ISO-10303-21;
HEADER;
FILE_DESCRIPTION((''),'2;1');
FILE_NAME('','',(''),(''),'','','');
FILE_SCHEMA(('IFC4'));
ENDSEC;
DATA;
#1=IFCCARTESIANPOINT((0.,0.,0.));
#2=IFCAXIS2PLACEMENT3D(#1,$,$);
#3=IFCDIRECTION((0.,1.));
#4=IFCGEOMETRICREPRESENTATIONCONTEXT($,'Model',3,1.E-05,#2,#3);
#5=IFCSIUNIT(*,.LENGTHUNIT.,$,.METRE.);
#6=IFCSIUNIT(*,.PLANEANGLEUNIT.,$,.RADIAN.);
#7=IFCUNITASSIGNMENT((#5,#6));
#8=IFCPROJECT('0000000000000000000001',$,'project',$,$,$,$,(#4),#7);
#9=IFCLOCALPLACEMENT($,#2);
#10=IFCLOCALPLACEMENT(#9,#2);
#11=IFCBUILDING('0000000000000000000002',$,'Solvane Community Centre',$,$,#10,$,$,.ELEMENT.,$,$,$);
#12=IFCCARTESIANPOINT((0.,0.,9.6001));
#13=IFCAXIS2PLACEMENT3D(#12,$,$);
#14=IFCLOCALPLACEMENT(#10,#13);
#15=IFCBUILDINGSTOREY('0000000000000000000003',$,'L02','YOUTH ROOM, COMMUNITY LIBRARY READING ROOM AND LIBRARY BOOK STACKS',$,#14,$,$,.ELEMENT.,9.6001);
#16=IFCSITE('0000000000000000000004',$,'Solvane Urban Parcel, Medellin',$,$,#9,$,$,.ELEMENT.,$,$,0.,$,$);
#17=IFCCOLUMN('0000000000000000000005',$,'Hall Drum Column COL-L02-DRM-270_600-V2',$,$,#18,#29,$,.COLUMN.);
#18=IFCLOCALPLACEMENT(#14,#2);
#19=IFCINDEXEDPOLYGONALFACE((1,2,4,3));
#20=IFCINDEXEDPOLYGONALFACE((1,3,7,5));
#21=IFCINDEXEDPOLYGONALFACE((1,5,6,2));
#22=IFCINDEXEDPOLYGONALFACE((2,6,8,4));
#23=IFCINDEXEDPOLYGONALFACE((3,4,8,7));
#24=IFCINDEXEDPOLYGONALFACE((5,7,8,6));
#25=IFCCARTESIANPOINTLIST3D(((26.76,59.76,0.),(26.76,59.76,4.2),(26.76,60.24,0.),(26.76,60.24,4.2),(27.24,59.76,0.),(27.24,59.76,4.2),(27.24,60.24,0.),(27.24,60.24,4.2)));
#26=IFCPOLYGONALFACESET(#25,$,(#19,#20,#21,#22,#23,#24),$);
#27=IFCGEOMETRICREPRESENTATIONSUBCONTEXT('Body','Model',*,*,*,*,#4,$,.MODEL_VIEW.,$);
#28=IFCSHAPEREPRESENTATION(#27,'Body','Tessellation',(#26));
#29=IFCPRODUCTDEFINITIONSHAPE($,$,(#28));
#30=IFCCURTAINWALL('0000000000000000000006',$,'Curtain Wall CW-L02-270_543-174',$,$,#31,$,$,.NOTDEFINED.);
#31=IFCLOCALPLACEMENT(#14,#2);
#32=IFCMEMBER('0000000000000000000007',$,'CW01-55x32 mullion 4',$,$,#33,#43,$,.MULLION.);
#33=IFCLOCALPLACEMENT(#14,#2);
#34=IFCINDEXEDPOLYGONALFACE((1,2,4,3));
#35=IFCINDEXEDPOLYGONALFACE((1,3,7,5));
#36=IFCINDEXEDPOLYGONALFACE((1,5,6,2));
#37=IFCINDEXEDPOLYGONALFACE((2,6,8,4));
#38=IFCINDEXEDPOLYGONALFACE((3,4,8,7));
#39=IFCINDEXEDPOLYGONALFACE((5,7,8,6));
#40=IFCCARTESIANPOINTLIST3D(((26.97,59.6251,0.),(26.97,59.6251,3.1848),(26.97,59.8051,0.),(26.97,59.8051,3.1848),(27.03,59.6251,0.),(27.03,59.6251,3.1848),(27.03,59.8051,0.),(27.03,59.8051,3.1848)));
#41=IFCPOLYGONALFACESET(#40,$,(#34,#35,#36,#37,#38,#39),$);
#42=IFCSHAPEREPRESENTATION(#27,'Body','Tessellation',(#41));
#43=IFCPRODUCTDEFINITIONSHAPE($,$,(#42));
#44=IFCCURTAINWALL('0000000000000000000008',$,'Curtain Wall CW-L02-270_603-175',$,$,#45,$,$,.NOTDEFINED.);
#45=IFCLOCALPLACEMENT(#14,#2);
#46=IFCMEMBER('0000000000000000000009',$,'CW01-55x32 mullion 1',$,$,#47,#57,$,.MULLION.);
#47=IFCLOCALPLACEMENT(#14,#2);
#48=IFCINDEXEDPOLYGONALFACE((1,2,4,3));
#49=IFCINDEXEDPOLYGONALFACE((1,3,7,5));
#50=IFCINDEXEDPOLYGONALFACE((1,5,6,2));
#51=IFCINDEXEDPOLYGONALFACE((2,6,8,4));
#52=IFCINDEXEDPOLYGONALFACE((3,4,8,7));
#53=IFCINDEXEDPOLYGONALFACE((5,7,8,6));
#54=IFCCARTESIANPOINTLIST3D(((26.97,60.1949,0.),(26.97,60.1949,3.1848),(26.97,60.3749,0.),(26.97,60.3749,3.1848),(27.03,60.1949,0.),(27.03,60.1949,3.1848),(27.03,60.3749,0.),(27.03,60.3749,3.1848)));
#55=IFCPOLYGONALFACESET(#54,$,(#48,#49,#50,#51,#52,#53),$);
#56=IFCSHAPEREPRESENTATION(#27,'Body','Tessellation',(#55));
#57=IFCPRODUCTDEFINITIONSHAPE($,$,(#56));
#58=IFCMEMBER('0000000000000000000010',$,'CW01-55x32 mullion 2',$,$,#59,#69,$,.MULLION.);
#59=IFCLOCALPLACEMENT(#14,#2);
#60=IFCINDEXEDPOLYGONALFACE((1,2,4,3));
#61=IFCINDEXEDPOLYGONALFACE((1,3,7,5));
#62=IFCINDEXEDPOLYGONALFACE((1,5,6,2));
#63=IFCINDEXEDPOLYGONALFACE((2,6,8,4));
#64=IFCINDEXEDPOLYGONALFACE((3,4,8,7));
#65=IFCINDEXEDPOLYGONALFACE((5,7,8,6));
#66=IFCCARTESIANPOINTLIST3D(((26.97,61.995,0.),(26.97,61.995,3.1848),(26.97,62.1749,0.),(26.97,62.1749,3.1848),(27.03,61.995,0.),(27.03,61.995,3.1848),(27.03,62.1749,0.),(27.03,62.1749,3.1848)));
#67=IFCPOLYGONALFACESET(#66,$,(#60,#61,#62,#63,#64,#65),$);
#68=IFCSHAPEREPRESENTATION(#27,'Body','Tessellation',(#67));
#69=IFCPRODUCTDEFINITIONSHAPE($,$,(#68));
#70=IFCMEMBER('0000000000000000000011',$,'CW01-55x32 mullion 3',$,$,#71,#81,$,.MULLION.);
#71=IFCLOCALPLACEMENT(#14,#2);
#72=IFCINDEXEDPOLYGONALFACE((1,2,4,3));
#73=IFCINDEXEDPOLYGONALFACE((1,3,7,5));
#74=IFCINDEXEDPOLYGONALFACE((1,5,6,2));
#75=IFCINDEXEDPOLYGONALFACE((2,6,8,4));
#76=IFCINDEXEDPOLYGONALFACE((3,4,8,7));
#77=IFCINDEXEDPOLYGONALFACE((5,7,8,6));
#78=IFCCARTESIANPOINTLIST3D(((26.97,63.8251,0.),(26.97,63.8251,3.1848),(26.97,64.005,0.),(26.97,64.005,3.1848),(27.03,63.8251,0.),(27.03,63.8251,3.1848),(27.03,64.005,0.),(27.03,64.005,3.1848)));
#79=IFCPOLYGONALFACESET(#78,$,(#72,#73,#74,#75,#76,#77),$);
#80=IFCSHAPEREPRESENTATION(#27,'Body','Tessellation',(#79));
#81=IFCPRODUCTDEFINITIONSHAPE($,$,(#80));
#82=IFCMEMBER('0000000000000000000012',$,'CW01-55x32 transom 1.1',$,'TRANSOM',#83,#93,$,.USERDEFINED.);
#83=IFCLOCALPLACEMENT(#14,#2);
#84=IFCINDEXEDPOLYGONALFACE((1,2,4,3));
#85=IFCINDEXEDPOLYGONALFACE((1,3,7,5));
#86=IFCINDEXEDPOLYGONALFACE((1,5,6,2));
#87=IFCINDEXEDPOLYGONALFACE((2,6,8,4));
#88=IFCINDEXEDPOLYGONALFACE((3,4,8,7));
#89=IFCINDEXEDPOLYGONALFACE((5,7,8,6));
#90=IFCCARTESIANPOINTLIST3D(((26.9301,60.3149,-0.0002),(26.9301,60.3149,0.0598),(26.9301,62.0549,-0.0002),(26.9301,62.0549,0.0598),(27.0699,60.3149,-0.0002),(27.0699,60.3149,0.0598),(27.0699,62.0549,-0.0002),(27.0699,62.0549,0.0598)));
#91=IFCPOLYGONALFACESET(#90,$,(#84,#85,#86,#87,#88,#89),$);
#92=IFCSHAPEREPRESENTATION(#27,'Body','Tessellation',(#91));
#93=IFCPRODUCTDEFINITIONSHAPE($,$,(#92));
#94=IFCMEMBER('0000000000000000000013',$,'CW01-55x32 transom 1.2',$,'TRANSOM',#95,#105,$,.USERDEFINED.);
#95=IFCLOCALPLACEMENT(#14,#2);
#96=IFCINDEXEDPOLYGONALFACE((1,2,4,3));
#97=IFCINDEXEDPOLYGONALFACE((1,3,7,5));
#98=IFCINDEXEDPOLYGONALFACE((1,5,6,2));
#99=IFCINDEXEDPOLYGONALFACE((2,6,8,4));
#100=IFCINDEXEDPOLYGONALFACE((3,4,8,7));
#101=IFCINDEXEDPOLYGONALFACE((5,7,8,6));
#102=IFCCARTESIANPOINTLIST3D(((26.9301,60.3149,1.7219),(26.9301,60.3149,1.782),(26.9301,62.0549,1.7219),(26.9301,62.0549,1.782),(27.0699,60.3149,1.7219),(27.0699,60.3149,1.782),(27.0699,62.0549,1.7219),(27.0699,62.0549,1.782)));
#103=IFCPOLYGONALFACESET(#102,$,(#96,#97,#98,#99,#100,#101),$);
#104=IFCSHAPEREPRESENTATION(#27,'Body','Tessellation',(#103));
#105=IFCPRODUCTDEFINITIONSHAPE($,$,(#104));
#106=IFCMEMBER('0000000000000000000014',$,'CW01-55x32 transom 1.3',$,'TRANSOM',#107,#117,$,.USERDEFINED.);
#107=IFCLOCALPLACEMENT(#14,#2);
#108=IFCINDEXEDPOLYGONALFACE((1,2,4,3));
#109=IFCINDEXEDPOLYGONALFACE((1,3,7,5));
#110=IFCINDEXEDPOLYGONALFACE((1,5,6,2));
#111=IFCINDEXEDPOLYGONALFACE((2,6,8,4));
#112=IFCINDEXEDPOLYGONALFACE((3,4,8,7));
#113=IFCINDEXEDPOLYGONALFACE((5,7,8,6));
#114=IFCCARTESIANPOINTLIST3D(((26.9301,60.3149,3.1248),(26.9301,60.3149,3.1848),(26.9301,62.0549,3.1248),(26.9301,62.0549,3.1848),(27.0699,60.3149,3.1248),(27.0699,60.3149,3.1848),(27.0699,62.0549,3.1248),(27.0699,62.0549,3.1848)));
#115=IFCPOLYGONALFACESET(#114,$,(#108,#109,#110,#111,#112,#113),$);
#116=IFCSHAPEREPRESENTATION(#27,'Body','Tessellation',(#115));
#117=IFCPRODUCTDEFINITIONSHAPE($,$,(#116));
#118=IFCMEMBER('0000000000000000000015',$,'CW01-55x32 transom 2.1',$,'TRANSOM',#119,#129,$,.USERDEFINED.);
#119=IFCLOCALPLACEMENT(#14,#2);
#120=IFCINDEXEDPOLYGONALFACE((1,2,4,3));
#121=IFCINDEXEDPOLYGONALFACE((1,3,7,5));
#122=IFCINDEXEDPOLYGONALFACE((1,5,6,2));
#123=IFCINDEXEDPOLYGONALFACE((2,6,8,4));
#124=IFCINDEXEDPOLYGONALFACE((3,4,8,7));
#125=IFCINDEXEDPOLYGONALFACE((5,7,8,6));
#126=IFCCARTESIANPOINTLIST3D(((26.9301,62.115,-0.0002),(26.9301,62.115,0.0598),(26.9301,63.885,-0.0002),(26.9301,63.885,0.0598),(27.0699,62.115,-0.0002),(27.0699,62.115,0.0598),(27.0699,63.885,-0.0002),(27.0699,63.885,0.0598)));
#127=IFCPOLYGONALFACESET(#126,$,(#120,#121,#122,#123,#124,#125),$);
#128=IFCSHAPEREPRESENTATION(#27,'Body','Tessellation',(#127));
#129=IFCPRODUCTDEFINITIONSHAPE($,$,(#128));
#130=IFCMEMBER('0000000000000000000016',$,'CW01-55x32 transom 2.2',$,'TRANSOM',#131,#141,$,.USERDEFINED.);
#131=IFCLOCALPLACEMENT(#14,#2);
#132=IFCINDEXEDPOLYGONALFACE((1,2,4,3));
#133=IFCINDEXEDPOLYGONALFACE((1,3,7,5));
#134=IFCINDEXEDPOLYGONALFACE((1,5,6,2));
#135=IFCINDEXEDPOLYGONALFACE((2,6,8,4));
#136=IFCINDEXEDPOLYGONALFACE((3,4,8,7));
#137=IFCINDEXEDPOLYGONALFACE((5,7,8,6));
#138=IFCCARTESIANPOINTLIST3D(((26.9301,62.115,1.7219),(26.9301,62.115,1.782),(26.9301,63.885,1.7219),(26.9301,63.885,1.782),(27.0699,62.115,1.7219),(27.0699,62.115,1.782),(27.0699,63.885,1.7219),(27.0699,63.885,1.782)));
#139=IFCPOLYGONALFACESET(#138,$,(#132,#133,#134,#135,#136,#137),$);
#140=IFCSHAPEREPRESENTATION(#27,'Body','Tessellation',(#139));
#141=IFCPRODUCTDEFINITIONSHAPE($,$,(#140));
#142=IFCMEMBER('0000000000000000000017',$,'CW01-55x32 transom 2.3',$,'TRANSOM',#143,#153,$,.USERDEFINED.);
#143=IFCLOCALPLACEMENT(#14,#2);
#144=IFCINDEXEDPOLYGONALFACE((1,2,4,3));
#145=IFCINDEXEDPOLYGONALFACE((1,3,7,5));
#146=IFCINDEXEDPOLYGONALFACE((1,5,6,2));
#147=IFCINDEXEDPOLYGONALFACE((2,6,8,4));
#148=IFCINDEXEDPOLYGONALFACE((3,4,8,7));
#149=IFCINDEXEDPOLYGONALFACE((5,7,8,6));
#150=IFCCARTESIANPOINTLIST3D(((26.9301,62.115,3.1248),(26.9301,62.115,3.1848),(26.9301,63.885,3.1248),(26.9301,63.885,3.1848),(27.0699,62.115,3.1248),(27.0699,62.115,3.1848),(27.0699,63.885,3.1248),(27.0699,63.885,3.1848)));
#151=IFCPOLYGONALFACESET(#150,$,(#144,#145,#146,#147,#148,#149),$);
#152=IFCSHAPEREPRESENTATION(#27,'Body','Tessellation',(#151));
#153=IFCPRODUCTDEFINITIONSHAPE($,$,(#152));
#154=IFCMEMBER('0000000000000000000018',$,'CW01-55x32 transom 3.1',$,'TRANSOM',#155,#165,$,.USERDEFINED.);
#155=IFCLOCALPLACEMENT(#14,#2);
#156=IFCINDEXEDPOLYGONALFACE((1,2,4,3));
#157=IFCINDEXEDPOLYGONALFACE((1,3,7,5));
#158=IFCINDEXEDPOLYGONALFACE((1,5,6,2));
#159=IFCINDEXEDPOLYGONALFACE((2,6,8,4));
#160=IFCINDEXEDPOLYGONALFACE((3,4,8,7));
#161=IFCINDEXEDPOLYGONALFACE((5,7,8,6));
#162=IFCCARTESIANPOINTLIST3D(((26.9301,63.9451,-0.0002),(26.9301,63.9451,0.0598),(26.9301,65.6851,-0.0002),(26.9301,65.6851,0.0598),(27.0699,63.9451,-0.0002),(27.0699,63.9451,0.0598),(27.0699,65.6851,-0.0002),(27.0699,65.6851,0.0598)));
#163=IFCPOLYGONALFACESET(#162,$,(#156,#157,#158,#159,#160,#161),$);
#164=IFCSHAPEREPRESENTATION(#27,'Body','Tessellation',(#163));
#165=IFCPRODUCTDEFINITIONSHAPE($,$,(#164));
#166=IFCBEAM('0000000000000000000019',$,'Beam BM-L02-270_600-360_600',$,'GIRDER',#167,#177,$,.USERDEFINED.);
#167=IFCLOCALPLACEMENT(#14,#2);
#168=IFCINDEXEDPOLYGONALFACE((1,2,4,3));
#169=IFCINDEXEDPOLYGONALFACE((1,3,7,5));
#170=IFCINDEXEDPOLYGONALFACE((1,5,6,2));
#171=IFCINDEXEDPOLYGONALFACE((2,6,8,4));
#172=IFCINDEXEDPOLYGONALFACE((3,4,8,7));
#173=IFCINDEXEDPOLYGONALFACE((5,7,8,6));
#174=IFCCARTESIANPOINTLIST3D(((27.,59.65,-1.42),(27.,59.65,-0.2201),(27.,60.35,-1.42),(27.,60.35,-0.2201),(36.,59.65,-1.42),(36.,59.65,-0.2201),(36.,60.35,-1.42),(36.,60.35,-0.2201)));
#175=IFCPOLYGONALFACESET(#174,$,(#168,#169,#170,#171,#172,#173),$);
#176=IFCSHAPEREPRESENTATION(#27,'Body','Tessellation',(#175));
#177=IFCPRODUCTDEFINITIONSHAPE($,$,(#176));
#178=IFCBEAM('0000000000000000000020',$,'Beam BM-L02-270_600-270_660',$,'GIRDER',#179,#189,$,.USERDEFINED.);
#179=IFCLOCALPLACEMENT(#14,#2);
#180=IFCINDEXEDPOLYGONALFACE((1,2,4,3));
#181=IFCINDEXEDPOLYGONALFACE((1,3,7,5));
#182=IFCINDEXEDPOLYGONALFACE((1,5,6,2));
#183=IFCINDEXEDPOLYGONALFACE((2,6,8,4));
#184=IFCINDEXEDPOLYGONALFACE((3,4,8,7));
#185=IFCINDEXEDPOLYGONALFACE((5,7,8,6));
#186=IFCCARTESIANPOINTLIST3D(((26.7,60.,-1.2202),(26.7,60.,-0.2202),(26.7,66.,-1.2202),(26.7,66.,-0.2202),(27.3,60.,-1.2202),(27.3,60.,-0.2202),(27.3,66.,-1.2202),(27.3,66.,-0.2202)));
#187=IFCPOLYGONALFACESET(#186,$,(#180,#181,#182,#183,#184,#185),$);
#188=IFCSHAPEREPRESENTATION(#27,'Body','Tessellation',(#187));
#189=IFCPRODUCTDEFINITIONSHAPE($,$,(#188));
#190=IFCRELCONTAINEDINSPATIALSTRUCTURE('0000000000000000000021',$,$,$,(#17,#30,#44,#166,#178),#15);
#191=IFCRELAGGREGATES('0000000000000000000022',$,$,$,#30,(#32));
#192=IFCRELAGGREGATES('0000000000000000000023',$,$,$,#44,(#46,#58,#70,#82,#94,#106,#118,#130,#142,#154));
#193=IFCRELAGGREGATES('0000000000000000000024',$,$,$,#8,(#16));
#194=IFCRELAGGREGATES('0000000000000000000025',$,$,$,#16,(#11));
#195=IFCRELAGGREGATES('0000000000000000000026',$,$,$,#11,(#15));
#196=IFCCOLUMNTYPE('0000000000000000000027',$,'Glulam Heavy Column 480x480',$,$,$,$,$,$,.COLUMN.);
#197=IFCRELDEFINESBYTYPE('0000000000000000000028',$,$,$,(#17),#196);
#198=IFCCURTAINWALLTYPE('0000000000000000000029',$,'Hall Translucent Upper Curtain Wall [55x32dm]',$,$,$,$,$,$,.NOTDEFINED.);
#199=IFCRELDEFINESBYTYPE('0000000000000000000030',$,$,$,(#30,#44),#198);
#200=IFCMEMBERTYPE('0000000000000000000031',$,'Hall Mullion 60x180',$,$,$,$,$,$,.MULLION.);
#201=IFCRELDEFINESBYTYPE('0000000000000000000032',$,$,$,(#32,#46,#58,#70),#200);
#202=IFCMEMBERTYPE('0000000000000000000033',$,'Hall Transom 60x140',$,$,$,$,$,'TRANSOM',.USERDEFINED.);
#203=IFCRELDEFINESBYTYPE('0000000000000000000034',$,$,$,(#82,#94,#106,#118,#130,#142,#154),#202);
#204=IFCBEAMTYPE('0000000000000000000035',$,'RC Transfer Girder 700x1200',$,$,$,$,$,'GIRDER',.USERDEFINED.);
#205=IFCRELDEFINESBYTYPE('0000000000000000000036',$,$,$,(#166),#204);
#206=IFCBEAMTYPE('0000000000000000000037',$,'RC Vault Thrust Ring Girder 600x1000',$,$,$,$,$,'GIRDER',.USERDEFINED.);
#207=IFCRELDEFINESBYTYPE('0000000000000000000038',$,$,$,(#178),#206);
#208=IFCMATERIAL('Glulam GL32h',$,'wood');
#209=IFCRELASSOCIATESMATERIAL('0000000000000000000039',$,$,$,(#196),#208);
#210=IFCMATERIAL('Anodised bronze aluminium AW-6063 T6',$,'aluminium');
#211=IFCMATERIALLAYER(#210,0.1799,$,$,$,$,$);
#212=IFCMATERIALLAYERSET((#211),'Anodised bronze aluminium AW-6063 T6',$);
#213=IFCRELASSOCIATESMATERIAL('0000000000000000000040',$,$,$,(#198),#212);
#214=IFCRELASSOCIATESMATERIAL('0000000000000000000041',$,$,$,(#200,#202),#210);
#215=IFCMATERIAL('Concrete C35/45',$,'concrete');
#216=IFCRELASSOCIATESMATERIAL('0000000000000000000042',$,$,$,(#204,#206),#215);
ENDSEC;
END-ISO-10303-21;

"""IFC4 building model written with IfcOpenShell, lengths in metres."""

from ifc_helpers import new_model, si_unit, direction, frame, origin, origin_2d, place, context, subcontext, project, spatial, rectangle, extrude, material, layer, layer_set, material_profile, profile_set, type_object, element, aggregate, save


model = new_model("IFC4")

# Units and contexts
model_context = context("Model", 3, precision=1e-05, world=origin(), true_north=direction((0.0, 1.0)))
body_context = subcontext(model_context, "Body", "Model", "MODEL_VIEW")
ifc_project = project(units=[si_unit("LENGTHUNIT", "METRE"), si_unit("PLANEANGLEUNIT", "RADIAN")], contexts=[model_context])

# Site, building, storey
site_placement = place(None, origin())
site = spatial("IfcSite", under=ifc_project, at=site_placement, Name="Solvane Urban Parcel, Medellin", CompositionType="ELEMENT", RefElevation=0.0)
building_placement = place(site_placement, origin())
building = spatial("IfcBuilding", under=site, at=building_placement, Name="Solvane Community Centre", CompositionType="ELEMENT")
storey_placement = place(building_placement, frame((0.0, 0.0, 9.6001)))
storey = spatial("IfcBuildingStorey", under=building, at=storey_placement, Name="L02", Description="YOUTH ROOM, COMMUNITY LIBRARY READING ROOM AND LIBRARY BOOK STACKS", CompositionType="ELEMENT", Elevation=9.6001)

# Column
ifc_material_1 = material(Name="Glulam GL32h", Category="wood")
ifc_material_profile_1 = material_profile(ifc_material_1, rectangle(XDim=0.48, YDim=0.48, at=origin_2d()), Name="GL32h 480x480")
ifc_profile_set_1 = profile_set([ifc_material_profile_1], Name="Glulam GL32h")
column_type = type_object("IfcColumnType", Name="Glulam Heavy Column 480x480", PredefinedType="COLUMN", material=ifc_profile_set_1)
column_placement = place(storey_placement, frame((27.0, 60.0, 0.0), z_axis=(0.0, 0.0, 1.0), x_axis=(1.0, 0.0, 0.0)))
element("IfcColumn", 1, at=column_placement, inside=storey, type_object=column_type, Name="Hall Drum Column COL-L02-DRM-270_600-V2", PredefinedType="COLUMN", context=body_context, shape_type="SweptSolid", body=[
    extrude(rectangle(XDim=0.48, YDim=0.48, at=origin_2d()), origin(), (0.0, 0.0, 1.0), 4.2),
])

# Curtain wall, member
ifc_material_2 = material(Name="Anodised bronze aluminium AW-6063 T6", Category="aluminium")
ifc_layer_1 = layer(ifc_material_2, 0.1799)
ifc_layer_set_1 = layer_set([ifc_layer_1], Name="Anodised bronze aluminium AW-6063 T6")
curtain_wall_type = type_object("IfcCurtainWallType", Name="Hall Translucent Upper Curtain Wall [55x32dm]", PredefinedType="NOTDEFINED", material=ifc_layer_set_1)
curtain_wall_1_placement = place(storey_placement, origin())
curtain_wall_1 = element("IfcCurtainWall", 2, at=curtain_wall_1_placement, inside=storey, type_object=curtain_wall_type, Name="Curtain Wall CW-L02-270_543-174", PredefinedType="NOTDEFINED")
ifc_material_profile_2 = material_profile(ifc_material_2, rectangle(XDim=0.0601, YDim=0.1799, at=origin_2d()), Name="CW-M 60x180")
ifc_profile_set_2 = profile_set([ifc_material_profile_2], Name="Anodised bronze aluminium AW-6063 T6")
member_type_1 = type_object("IfcMemberType", Name="Hall Mullion 60x180", PredefinedType="MULLION", material=ifc_profile_set_2)
member_1_placement = place(storey_placement, frame((27.0, 59.7151, 0.0), z_axis=(0.0, 0.0, 1.0), x_axis=(-1.0, 0.0, 0.0)))
member_1 = element("IfcMember", 3, at=member_1_placement, type_object=member_type_1, Name="CW01-55x32 mullion 4", PredefinedType="MULLION", context=body_context, shape_type="SweptSolid", body=[
    extrude(rectangle(XDim=0.0601, YDim=0.1799, at=origin_2d()), origin(), (0.0, 0.0, 1.0), 3.1848),
])

# Curtain wall, members
curtain_wall_2_placement = place(storey_placement, origin())
curtain_wall_2 = element("IfcCurtainWall", 4, at=curtain_wall_2_placement, inside=storey, type_object=curtain_wall_type, Name="Curtain Wall CW-L02-270_603-175", PredefinedType="NOTDEFINED")
member_2_placement = place(storey_placement, frame((27.0, 60.2849, 0.0), z_axis=(0.0, 0.0, 1.0), x_axis=(-1.0, 0.0, 0.0)))
member_2 = element("IfcMember", 5, at=member_2_placement, type_object=member_type_1, Name="CW01-55x32 mullion 1", PredefinedType="MULLION", context=body_context, shape_type="SweptSolid", body=[
    extrude(rectangle(XDim=0.0601, YDim=0.1799, at=origin_2d()), origin(), (0.0, 0.0, 1.0), 3.1848),
])
member_3_placement = place(storey_placement, frame((27.0, 62.085, 0.0), z_axis=(0.0, 0.0, 1.0), x_axis=(-1.0, 0.0, 0.0)))
member_3 = element("IfcMember", 6, at=member_3_placement, type_object=member_type_1, Name="CW01-55x32 mullion 2", PredefinedType="MULLION", context=body_context, shape_type="SweptSolid", body=[
    extrude(rectangle(XDim=0.0601, YDim=0.1799, at=origin_2d()), origin(), (0.0, 0.0, 1.0), 3.1848),
])
member_4_placement = place(storey_placement, frame((27.0, 63.915, 0.0), z_axis=(0.0, 0.0, 1.0), x_axis=(-1.0, 0.0, 0.0)))
member_4 = element("IfcMember", 7, at=member_4_placement, type_object=member_type_1, Name="CW01-55x32 mullion 3", PredefinedType="MULLION", context=body_context, shape_type="SweptSolid", body=[
    extrude(rectangle(XDim=0.0601, YDim=0.1799, at=origin_2d()), origin(), (0.0, 0.0, 1.0), 3.1848),
])
ifc_material_profile_3 = material_profile(ifc_material_2, rectangle(XDim=0.1399, YDim=0.0601, at=origin_2d()), Name="CW-T 60x140")
ifc_profile_set_3 = profile_set([ifc_material_profile_3], Name="Anodised bronze aluminium AW-6063 T6")
member_type_2 = type_object("IfcMemberType", Name="Hall Transom 60x140", ElementType="TRANSOM", PredefinedType="USERDEFINED", material=ifc_profile_set_3)
member_5_placement = place(storey_placement, frame((27.0, 60.3149, 0.0298), z_axis=(0.0, 1.0, 0.0), x_axis=(-1.0, 0.0, 0.0)))
member_5 = element("IfcMember", 8, at=member_5_placement, type_object=member_type_2, Name="CW01-55x32 transom 1.1", ObjectType="TRANSOM", PredefinedType="USERDEFINED", context=body_context, shape_type="SweptSolid", body=[
    extrude(rectangle(XDim=0.1399, YDim=0.0601, at=origin_2d()), origin(), (0.0, 0.0, 1.0), 1.74),
])
member_6_placement = place(storey_placement, frame((27.0, 60.3149, 1.752), z_axis=(0.0, 1.0, 0.0), x_axis=(-1.0, 0.0, 0.0)))
member_6 = element("IfcMember", 9, at=member_6_placement, type_object=member_type_2, Name="CW01-55x32 transom 1.2", ObjectType="TRANSOM", PredefinedType="USERDEFINED", context=body_context, shape_type="SweptSolid", body=[
    extrude(rectangle(XDim=0.1399, YDim=0.0601, at=origin_2d()), origin(), (0.0, 0.0, 1.0), 1.74),
])
member_7_placement = place(storey_placement, frame((27.0, 60.3149, 3.1548), z_axis=(0.0, 1.0, 0.0), x_axis=(-1.0, 0.0, 0.0)))
member_7 = element("IfcMember", 10, at=member_7_placement, type_object=member_type_2, Name="CW01-55x32 transom 1.3", ObjectType="TRANSOM", PredefinedType="USERDEFINED", context=body_context, shape_type="SweptSolid", body=[
    extrude(rectangle(XDim=0.1399, YDim=0.0601, at=origin_2d()), origin(), (0.0, 0.0, 1.0), 1.74),
])
member_8_placement = place(storey_placement, frame((27.0, 62.115, 0.0298), z_axis=(0.0, 1.0, 0.0), x_axis=(-1.0, 0.0, 0.0)))
member_8 = element("IfcMember", 11, at=member_8_placement, type_object=member_type_2, Name="CW01-55x32 transom 2.1", ObjectType="TRANSOM", PredefinedType="USERDEFINED", context=body_context, shape_type="SweptSolid", body=[
    extrude(rectangle(XDim=0.1399, YDim=0.0601, at=origin_2d()), origin(), (0.0, 0.0, 1.0), 1.77),
])
member_9_placement = place(storey_placement, frame((27.0, 62.115, 1.752), z_axis=(0.0, 1.0, 0.0), x_axis=(-1.0, 0.0, 0.0)))
member_9 = element("IfcMember", 12, at=member_9_placement, type_object=member_type_2, Name="CW01-55x32 transom 2.2", ObjectType="TRANSOM", PredefinedType="USERDEFINED", context=body_context, shape_type="SweptSolid", body=[
    extrude(rectangle(XDim=0.1399, YDim=0.0601, at=origin_2d()), origin(), (0.0, 0.0, 1.0), 1.77),
])
member_10_placement = place(storey_placement, frame((27.0, 62.115, 3.1548), z_axis=(0.0, 1.0, 0.0), x_axis=(-1.0, 0.0, 0.0)))
member_10 = element("IfcMember", 13, at=member_10_placement, type_object=member_type_2, Name="CW01-55x32 transom 2.3", ObjectType="TRANSOM", PredefinedType="USERDEFINED", context=body_context, shape_type="SweptSolid", body=[
    extrude(rectangle(XDim=0.1399, YDim=0.0601, at=origin_2d()), origin(), (0.0, 0.0, 1.0), 1.77),
])
member_11_placement = place(storey_placement, frame((27.0, 63.9451, 0.0298), z_axis=(0.0, 1.0, 0.0), x_axis=(-1.0, 0.0, 0.0)))
member_11 = element("IfcMember", 14, at=member_11_placement, type_object=member_type_2, Name="CW01-55x32 transom 3.1", ObjectType="TRANSOM", PredefinedType="USERDEFINED", context=body_context, shape_type="SweptSolid", body=[
    extrude(rectangle(XDim=0.1399, YDim=0.0601, at=origin_2d()), origin(), (0.0, 0.0, 1.0), 1.74),
])

# Beams
ifc_material_3 = material(Name="Concrete C35/45", Category="concrete")
ifc_material_profile_4 = material_profile(ifc_material_3, rectangle(XDim=0.7, YDim=1.2, at=origin_2d()), Name="RC 700x1200")
ifc_profile_set_4 = profile_set([ifc_material_profile_4], Name="Concrete C35/45")
beam_type_1 = type_object("IfcBeamType", Name="RC Transfer Girder 700x1200", ElementType="GIRDER", PredefinedType="USERDEFINED", material=ifc_profile_set_4)
beam_placement = place(storey_placement, frame((27.0, 60.0, -0.8201), z_axis=(1.0, 0.0, 0.0), x_axis=(0.0, 1.0, 0.0)))
element("IfcBeam", 15, at=beam_placement, inside=storey, type_object=beam_type_1, Name="Beam BM-L02-270_600-360_600", ObjectType="GIRDER", PredefinedType="USERDEFINED", context=body_context, shape_type="SweptSolid", body=[
    extrude(rectangle(XDim=0.7, YDim=1.2, at=origin_2d()), origin(), (0.0, 0.0, 1.0), 9.0),
])
ifc_material_profile_5 = material_profile(ifc_material_3, rectangle(XDim=0.6001, YDim=1.0, at=origin_2d()), Name="RC 600x1000")
ifc_profile_set_5 = profile_set([ifc_material_profile_5], Name="Concrete C35/45")
beam_type_2 = type_object("IfcBeamType", Name="RC Vault Thrust Ring Girder 600x1000", ElementType="GIRDER", PredefinedType="USERDEFINED", material=ifc_profile_set_5)
for number, where, z_axis, x_axis, name in (
    (16, (27.0, 60.0, -0.7202), (0.0, 1.0, 0.0), (-1.0, 0.0, 0.0), "Beam BM-L02-270_600-270_660"),
):
    element("IfcBeam", number, at=place(storey_placement, frame(where, z_axis=z_axis, x_axis=x_axis)), inside=storey, type_object=beam_type_2, Name=name, ObjectType="GIRDER", PredefinedType="USERDEFINED", context=body_context, shape_type="SweptSolid", body=[
        extrude(rectangle(XDim=0.6001, YDim=1.0, at=origin_2d()), origin(), (0.0, 0.0, 1.0), 6.0),
    ])

aggregate(curtain_wall_1, [member_1])
aggregate(curtain_wall_2, [member_2, member_3, member_4, member_5, member_6, member_7, member_8, member_9, member_10, member_11])

save(model, "model.ifc")
